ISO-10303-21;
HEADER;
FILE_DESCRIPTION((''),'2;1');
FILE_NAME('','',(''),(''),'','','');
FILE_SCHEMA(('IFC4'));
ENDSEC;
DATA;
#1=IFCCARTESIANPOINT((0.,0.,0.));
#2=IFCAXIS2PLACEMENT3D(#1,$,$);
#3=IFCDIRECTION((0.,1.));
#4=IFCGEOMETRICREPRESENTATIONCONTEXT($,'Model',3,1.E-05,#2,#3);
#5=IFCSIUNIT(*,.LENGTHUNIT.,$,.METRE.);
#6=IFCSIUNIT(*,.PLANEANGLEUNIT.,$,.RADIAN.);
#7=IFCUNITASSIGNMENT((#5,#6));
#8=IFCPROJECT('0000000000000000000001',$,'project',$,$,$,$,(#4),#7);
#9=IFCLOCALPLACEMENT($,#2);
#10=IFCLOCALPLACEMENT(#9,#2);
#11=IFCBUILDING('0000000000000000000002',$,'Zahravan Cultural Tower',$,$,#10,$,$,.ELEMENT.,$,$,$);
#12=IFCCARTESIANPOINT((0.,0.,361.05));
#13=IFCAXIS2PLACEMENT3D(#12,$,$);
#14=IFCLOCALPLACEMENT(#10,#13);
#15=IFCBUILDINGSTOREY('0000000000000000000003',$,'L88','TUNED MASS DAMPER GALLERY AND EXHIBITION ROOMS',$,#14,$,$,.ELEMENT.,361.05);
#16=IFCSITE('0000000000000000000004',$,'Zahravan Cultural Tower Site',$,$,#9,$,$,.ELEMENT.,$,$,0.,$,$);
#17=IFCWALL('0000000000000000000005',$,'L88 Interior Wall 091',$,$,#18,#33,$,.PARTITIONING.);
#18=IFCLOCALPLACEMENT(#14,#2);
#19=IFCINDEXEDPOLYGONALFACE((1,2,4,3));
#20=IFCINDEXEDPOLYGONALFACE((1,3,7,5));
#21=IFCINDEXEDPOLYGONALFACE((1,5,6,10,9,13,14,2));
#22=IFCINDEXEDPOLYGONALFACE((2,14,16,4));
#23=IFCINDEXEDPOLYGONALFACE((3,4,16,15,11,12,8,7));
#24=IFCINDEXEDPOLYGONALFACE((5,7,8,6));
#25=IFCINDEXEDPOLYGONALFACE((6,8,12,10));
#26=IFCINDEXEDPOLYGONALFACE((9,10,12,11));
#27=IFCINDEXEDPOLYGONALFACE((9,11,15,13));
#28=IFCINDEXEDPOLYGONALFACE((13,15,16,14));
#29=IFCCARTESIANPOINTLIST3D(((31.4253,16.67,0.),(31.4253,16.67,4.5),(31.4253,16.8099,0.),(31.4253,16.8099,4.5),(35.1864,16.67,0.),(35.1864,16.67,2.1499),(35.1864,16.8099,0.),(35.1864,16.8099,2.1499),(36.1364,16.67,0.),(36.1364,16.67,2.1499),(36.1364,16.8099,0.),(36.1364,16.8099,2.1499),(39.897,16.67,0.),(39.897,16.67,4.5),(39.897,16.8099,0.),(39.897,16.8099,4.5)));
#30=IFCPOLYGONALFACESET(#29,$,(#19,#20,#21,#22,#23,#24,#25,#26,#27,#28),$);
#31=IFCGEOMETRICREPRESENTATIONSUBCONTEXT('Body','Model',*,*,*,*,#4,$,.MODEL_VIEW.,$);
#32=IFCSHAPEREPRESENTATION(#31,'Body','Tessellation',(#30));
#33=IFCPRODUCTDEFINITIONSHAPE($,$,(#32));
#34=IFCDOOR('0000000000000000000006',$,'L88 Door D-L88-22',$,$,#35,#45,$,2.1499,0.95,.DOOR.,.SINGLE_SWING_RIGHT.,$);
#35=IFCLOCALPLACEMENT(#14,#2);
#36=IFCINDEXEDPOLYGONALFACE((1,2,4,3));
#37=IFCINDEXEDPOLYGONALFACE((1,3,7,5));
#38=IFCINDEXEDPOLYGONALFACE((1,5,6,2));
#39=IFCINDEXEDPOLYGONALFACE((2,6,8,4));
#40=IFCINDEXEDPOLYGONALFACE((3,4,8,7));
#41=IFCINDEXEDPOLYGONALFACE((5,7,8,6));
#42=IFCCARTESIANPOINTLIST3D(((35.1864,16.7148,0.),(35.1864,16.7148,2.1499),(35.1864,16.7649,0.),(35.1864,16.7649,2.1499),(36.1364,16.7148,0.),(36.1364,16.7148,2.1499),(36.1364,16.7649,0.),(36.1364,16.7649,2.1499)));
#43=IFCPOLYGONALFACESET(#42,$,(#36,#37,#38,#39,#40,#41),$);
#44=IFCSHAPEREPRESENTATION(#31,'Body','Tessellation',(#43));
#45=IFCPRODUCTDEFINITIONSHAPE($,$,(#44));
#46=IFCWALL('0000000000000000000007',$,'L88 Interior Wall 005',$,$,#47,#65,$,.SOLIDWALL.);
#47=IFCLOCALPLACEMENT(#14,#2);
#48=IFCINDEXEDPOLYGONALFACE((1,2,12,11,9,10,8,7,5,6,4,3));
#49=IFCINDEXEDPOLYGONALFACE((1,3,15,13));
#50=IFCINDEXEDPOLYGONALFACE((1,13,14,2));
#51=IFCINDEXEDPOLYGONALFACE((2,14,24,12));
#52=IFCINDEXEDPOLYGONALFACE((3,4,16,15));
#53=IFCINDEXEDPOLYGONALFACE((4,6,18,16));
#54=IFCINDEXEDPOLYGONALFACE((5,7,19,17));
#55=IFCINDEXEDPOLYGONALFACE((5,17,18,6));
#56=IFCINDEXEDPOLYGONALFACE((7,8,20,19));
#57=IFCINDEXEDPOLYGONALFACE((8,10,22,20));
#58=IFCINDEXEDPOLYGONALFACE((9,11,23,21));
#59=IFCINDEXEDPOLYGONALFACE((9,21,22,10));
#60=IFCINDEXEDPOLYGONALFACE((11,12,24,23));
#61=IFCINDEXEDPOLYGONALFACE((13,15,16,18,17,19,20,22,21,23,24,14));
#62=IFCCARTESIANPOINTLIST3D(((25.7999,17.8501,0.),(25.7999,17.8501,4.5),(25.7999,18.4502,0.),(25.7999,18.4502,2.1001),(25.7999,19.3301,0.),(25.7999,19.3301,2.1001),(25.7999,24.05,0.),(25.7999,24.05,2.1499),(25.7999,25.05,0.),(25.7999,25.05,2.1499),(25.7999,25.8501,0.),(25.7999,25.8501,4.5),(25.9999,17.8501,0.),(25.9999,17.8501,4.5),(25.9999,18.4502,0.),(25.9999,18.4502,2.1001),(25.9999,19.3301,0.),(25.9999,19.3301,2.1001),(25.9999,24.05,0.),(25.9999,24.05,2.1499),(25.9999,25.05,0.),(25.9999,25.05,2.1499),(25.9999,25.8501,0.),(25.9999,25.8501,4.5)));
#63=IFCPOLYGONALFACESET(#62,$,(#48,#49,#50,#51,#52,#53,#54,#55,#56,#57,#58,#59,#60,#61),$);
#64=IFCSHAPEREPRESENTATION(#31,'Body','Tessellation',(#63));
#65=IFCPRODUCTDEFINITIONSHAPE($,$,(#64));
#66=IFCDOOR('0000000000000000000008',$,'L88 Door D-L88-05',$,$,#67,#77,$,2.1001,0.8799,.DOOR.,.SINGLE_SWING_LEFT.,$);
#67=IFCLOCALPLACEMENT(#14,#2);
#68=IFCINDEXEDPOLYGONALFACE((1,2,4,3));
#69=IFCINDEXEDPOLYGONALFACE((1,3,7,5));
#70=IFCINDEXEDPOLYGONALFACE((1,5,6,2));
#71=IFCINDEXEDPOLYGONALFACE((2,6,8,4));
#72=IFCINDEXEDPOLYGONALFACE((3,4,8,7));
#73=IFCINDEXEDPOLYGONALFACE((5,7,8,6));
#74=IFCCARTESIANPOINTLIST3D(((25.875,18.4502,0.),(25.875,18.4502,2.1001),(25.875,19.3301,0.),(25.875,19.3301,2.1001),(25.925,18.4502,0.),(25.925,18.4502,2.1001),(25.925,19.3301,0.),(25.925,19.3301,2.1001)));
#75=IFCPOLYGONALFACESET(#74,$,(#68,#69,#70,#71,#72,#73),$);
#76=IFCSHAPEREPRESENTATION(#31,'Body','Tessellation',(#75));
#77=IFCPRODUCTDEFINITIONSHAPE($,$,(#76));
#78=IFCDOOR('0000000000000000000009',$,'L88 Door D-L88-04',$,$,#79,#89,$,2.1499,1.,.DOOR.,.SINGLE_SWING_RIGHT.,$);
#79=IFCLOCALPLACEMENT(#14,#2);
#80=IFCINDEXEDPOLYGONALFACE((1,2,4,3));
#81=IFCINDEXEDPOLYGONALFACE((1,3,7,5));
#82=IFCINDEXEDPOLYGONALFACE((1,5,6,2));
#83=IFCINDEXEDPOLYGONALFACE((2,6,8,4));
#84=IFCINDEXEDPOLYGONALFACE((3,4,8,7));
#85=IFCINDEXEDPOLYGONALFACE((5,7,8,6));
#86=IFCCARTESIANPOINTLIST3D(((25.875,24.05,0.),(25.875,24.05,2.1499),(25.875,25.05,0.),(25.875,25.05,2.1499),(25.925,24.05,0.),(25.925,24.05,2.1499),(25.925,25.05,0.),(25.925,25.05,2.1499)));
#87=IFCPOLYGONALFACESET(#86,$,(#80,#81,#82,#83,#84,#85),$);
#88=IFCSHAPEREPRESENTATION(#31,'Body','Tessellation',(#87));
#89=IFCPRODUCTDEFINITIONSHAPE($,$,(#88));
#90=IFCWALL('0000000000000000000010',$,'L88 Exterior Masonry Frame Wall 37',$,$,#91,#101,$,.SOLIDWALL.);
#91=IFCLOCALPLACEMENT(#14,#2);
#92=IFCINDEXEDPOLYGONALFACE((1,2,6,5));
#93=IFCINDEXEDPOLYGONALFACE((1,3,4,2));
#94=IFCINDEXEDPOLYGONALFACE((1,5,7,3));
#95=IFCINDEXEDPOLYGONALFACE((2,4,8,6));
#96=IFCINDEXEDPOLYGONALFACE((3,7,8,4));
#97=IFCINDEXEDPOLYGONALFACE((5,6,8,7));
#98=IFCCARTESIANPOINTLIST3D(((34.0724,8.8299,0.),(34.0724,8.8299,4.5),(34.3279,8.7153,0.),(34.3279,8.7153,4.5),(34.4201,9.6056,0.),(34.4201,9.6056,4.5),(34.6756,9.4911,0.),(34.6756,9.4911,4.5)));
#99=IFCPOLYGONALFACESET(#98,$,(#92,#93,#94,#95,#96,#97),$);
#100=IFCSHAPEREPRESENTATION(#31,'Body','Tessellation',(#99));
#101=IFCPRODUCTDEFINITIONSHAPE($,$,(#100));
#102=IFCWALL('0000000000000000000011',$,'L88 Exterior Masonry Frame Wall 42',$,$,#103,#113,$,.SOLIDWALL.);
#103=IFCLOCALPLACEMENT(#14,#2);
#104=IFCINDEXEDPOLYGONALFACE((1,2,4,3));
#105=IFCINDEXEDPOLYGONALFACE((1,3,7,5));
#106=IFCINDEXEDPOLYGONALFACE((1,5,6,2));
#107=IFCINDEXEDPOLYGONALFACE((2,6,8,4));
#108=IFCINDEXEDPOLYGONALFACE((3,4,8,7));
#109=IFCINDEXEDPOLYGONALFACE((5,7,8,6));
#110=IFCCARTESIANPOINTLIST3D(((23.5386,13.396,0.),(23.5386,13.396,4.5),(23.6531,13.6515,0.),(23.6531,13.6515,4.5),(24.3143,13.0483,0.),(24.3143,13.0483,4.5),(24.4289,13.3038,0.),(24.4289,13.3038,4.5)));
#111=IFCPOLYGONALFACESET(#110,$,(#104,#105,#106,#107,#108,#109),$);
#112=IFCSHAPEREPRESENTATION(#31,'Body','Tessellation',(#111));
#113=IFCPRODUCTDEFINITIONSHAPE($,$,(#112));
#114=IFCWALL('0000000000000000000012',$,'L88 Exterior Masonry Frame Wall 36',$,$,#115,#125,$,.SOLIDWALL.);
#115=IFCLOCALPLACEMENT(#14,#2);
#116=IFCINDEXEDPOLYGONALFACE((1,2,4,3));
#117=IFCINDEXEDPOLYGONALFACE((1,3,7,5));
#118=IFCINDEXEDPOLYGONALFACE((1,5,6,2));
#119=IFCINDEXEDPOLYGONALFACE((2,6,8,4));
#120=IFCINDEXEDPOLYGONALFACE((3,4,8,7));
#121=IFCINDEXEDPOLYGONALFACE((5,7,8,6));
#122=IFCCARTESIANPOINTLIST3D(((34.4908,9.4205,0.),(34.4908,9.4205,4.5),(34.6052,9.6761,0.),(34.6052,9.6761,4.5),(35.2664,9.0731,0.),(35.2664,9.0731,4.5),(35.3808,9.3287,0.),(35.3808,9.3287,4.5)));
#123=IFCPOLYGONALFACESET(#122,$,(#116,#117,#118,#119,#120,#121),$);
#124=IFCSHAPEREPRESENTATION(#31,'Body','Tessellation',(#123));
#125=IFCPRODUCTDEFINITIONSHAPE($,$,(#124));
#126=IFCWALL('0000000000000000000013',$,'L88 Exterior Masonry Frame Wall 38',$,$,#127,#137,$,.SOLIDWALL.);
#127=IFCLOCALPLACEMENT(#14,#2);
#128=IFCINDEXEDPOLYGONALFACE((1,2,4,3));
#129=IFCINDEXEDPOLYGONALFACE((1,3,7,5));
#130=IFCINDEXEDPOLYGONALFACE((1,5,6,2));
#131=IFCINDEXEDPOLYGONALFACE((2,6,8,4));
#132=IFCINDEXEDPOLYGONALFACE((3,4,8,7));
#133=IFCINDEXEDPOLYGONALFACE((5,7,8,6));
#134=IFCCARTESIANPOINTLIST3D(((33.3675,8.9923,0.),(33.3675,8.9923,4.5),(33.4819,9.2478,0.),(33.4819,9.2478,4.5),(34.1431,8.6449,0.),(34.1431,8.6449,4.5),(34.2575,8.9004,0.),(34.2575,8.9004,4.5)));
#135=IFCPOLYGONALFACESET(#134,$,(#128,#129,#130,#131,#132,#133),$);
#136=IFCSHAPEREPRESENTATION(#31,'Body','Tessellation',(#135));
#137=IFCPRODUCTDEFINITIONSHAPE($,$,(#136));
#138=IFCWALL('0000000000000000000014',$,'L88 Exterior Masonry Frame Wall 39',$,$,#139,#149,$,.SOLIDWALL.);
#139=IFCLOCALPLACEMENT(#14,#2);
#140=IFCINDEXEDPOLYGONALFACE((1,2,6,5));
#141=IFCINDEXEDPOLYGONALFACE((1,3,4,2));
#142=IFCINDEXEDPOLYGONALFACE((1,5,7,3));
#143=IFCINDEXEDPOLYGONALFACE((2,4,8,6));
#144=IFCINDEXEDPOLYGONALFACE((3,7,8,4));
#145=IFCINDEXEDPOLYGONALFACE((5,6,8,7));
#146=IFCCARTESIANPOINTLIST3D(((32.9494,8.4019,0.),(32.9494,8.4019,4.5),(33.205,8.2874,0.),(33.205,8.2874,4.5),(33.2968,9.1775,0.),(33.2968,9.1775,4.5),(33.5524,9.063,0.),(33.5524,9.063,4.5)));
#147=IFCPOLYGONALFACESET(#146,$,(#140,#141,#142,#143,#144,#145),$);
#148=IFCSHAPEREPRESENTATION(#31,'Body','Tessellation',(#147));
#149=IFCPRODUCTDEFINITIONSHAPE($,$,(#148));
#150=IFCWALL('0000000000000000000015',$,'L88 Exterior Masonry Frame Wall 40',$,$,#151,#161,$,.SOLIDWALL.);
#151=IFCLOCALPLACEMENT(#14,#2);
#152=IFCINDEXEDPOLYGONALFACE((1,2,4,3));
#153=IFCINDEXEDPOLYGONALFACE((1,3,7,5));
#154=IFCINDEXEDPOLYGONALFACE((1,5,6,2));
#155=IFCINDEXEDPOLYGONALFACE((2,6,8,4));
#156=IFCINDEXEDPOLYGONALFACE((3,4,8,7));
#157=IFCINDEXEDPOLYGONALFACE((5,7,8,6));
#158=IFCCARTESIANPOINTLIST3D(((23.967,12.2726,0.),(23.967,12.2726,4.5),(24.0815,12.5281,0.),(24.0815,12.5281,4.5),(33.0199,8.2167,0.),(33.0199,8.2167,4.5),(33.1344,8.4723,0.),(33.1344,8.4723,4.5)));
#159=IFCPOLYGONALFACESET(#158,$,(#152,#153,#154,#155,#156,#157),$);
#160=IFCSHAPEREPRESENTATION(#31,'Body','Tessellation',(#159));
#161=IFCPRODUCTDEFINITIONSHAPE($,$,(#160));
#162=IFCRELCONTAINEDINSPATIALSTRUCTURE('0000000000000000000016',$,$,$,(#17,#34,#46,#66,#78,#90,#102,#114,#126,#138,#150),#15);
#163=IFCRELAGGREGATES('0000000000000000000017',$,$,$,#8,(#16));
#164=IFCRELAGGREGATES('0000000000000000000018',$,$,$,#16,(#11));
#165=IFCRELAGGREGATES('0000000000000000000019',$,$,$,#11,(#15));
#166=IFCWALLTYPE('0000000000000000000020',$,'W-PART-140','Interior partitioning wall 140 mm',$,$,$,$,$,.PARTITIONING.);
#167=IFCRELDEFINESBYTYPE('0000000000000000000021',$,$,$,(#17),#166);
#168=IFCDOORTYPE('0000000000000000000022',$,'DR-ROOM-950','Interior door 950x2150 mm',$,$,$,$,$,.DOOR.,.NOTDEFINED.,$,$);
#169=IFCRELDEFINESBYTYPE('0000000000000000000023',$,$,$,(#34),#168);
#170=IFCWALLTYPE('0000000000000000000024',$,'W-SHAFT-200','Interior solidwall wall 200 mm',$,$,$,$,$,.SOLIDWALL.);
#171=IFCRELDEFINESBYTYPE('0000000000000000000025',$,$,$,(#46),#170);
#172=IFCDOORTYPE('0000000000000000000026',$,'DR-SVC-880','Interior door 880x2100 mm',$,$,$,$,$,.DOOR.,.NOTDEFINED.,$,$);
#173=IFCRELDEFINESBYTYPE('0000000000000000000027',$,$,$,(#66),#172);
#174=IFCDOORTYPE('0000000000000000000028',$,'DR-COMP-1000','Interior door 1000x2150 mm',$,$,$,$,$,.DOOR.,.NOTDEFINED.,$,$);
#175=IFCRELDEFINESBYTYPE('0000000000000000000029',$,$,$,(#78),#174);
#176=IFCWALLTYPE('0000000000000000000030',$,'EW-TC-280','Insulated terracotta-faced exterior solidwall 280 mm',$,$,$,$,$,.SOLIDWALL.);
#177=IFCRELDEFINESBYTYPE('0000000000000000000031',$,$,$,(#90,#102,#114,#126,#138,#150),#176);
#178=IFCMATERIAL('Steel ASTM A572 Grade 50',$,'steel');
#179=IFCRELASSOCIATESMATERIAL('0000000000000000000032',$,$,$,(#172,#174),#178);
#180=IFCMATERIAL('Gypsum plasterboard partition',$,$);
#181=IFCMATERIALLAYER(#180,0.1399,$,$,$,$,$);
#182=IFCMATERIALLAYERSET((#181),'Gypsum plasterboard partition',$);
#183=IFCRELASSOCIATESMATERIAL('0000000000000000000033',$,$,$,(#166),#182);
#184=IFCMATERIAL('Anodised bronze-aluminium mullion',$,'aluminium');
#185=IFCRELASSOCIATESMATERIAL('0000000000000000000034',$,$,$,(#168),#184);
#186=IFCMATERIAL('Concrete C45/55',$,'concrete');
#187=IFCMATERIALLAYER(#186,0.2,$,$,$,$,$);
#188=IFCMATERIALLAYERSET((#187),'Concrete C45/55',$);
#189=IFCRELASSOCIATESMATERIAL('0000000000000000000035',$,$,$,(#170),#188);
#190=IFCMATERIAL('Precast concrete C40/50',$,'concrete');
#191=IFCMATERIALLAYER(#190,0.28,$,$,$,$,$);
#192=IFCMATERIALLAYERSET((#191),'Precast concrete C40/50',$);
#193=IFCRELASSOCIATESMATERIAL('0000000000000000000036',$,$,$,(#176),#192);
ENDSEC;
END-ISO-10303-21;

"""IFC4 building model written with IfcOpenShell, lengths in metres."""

from ifc_helpers import new_model, si_unit, direction, frame, frame_2d, origin, place, context, subcontext, project, spatial, rectangle, extrude, source, transform, mapped, material, layer, layer_set, type_object, element, fill, save


model = new_model("IFC4")

# Units and contexts
model_context = context("Model", 3, precision=1e-05, world=origin(), true_north=direction((0.0, 1.0)))
body_context = subcontext(model_context, "Body", "Model", "MODEL_VIEW")
ifc_project = project(units=[si_unit("LENGTHUNIT", "METRE"), si_unit("PLANEANGLEUNIT", "RADIAN")], contexts=[model_context])

# Site, building, storey
site_placement = place(None, origin())
site = spatial("IfcSite", under=ifc_project, at=site_placement, Name="Zahravan Cultural Tower Site", CompositionType="ELEMENT", RefElevation=0.0)
building_placement = place(site_placement, origin())
building = spatial("IfcBuilding", under=site, at=building_placement, Name="Zahravan Cultural Tower", CompositionType="ELEMENT")
storey_placement = place(building_placement, frame((0.0, 0.0, 361.05)))
storey = spatial("IfcBuildingStorey", under=building, at=storey_placement, Name="L88", Description="TUNED MASS DAMPER GALLERY AND EXHIBITION ROOMS", CompositionType="ELEMENT", Elevation=361.05)

# Shared definitions
ifc_material_1 = material(Name="Steel ASTM A572 Grade 50", Category="steel")
door_type_1 = type_object("IfcDoorType", Name="DR-SVC-880", Description="Interior door 880x2100 mm", OperationType="NOTDEFINED", PredefinedType="DOOR", material=ifc_material_1)
shared_shape_1 = source(origin(), body_context, "Body", "SweptSolid", [
    extrude(rectangle(XDim=0.8799, YDim=2.1001, at=frame_2d((0.4399, 1.05))), frame((0.0, 0.0249, 0.0), z_axis=(0.0, -1.0, 0.0), x_axis=(1.0, 0.0, 0.0)), (0.0, 0.0, 1.0), 0.05),
])

# Wall, opening, door
ifc_material_2 = material(Name="Gypsum plasterboard partition")
ifc_layer_1 = layer(ifc_material_2, 0.1399)
ifc_layer_set_1 = layer_set([ifc_layer_1], Name="Gypsum plasterboard partition")
wall_type_1 = type_object("IfcWallType", Name="W-PART-140", Description="Interior partitioning wall 140 mm", PredefinedType="PARTITIONING", material=ifc_layer_set_1)
ifc_material_3 = material(Name="Anodised bronze-aluminium mullion", Category="aluminium")
door_type_2 = type_object("IfcDoorType", Name="DR-ROOM-950", Description="Interior door 950x2150 mm", OperationType="NOTDEFINED", PredefinedType="DOOR", material=ifc_material_3)
shared_shape_2 = source(origin(), body_context, "Body", "SweptSolid", [
    extrude(rectangle(XDim=0.95, YDim=2.1499, at=frame_2d((0.4751, 1.075))), frame((0.0, 0.0249, 0.0), z_axis=(0.0, -1.0, 0.0), x_axis=(1.0, 0.0, 0.0)), (0.0, 0.0, 1.0), 0.05),
])
wall_1_placement = place(storey_placement, frame((31.4253, 16.74, 0.0), z_axis=(0.0, 0.0, 1.0), x_axis=(1.0, 0.0, 0.0)))
wall_1 = element("IfcWall", 1, at=wall_1_placement, inside=storey, type_object=wall_type_1, Name="L88 Interior Wall 091", PredefinedType="PARTITIONING", context=body_context, shape_type="SweptSolid", body=[
    extrude(rectangle(XDim=8.4717, YDim=0.1399, at=frame_2d((4.2358, 0.0))), origin(), (0.0, 0.0, 1.0), 4.5),
])
opening_1_placement = place(wall_1_placement, frame((3.761, 0.0, 0.0)))
opening_1 = element("IfcOpeningElement", 2, at=opening_1_placement, cuts=wall_1, PredefinedType="OPENING", context=body_context, shape_type="SweptSolid", body=[
    extrude(rectangle(XDim=0.95, YDim=2.1499, at=frame_2d((0.4751, 1.075))), frame((0.0, 0.0798, 0.0), z_axis=(0.0, -1.0, 0.0), x_axis=(1.0, 0.0, 0.0)), (0.0, 0.0, 1.0), 0.1599),
])
door_1_placement = place(opening_1_placement, origin())
door_1 = element("IfcDoor", 3, at=door_1_placement, inside=storey, type_object=door_type_2, Name="L88 Door D-L88-22", OperationType="SINGLE_SWING_RIGHT", OverallHeight=2.1499, OverallWidth=0.95, PredefinedType="DOOR", context=body_context, shape_type="MappedRepresentation", body=[
    mapped(shared_shape_2, transform((0.0, 0.0, 0.0), x_axis=(1.0, 0.0, 0.0), y_axis=(0.0, 1.0, 0.0), z_axis=(0.0, 0.0, 1.0), scale=1.0)),
])
fill(opening_1, door_1)

# Wall, openings, doors
ifc_material_4 = material(Name="Concrete C45/55", Category="concrete")
ifc_layer_2 = layer(ifc_material_4, 0.2)
ifc_layer_set_2 = layer_set([ifc_layer_2], Name="Concrete C45/55")
wall_type_2 = type_object("IfcWallType", Name="W-SHAFT-200", Description="Interior solidwall wall 200 mm", PredefinedType="SOLIDWALL", material=ifc_layer_set_2)
wall_2_placement = place(storey_placement, frame((25.8999, 17.8501, 0.0), z_axis=(0.0, 0.0, 1.0), x_axis=(0.0, 1.0, 0.0)))
wall_2 = element("IfcWall", 4, at=wall_2_placement, inside=storey, type_object=wall_type_2, Name="L88 Interior Wall 005", PredefinedType="SOLIDWALL", context=body_context, shape_type="SweptSolid", body=[
    extrude(rectangle(XDim=8.0, YDim=0.2, at=frame_2d((4.0, 0.0))), origin(), (0.0, 0.0, 1.0), 4.5),
])
opening_2_placement = place(wall_2_placement, frame((6.2, 0.0, 0.0)))
opening_2 = element("IfcOpeningElement", 5, at=opening_2_placement, cuts=wall_2, PredefinedType="OPENING", context=body_context, shape_type="SweptSolid", body=[
    extrude(rectangle(XDim=1.0, YDim=2.1499, at=frame_2d((0.5, 1.075))), frame((0.0, 0.1099, 0.0), z_axis=(0.0, -1.0, 0.0), x_axis=(1.0, 0.0, 0.0)), (0.0, 0.0, 1.0), 0.22),
])
opening_3_placement = place(wall_2_placement, frame((0.6001, 0.0, 0.0)))
opening_3 = element("IfcOpeningElement", 6, at=opening_3_placement, cuts=wall_2, PredefinedType="OPENING", context=body_context, shape_type="SweptSolid", body=[
    extrude(rectangle(XDim=0.8799, YDim=2.1001, at=frame_2d((0.4399, 1.05))), frame((0.0, 0.1099, 0.0), z_axis=(0.0, -1.0, 0.0), x_axis=(1.0, 0.0, 0.0)), (0.0, 0.0, 1.0), 0.22),
])
door_2_placement = place(opening_3_placement, origin())
door_2 = element("IfcDoor", 7, at=door_2_placement, inside=storey, type_object=door_type_1, Name="L88 Door D-L88-05", OperationType="SINGLE_SWING_LEFT", OverallHeight=2.1001, OverallWidth=0.8799, PredefinedType="DOOR", context=body_context, shape_type="MappedRepresentation", body=[
    mapped(shared_shape_1, transform((0.0, 0.0, 0.0), x_axis=(1.0, 0.0, 0.0), y_axis=(0.0, 1.0, 0.0), z_axis=(0.0, 0.0, 1.0), scale=1.0)),
])
fill(opening_3, door_2)
door_type_3 = type_object("IfcDoorType", Name="DR-COMP-1000", Description="Interior door 1000x2150 mm", OperationType="NOTDEFINED", PredefinedType="DOOR", material=ifc_material_1)
shared_shape_3 = source(origin(), body_context, "Body", "SweptSolid", [
    extrude(rectangle(XDim=1.0, YDim=2.1499, at=frame_2d((0.5, 1.075))), frame((0.0, 0.0249, 0.0), z_axis=(0.0, -1.0, 0.0), x_axis=(1.0, 0.0, 0.0)), (0.0, 0.0, 1.0), 0.05),
])
door_3_placement = place(opening_2_placement, origin())
door_3 = element("IfcDoor", 8, at=door_3_placement, inside=storey, type_object=door_type_3, Name="L88 Door D-L88-04", OperationType="SINGLE_SWING_RIGHT", OverallHeight=2.1499, OverallWidth=1.0, PredefinedType="DOOR", context=body_context, shape_type="MappedRepresentation", body=[
    mapped(shared_shape_3, transform((0.0, 0.0, 0.0), x_axis=(1.0, 0.0, 0.0), y_axis=(0.0, 1.0, 0.0), z_axis=(0.0, 0.0, 1.0), scale=1.0)),
])
fill(opening_2, door_3)

# Walls
ifc_material_5 = material(Name="Precast concrete C40/50", Category="concrete")
ifc_layer_3 = layer(ifc_material_5, 0.28)
ifc_layer_set_3 = layer_set([ifc_layer_3], Name="Precast concrete C40/50")
wall_type_3 = type_object("IfcWallType", Name="EW-TC-280", Description="Insulated terracotta-faced exterior solidwall 280 mm", PredefinedType="SOLIDWALL", material=ifc_layer_set_3)
shared_shape_4 = source(origin(), body_context, "Body", "SweptSolid", [
    extrude(rectangle(XDim=0.8501, YDim=0.28, at=frame_2d((0.425, 0.0))), origin(), (0.0, 0.0, 1.0), 4.5),
])
for number, where, z_axis, x_axis, name in (
    (9, (34.5479, 9.5483, 0.0), (0.0, 0.0, 1.0), (-0.409015, -0.912528, 0.0), "L88 Exterior Masonry Frame Wall 37"),
    (10, (24.3716, 13.176, 0.0), (0.0, 0.0, 1.0), (-0.912528, 0.409015, 0.0), "L88 Exterior Masonry Frame Wall 42"),
):
    element("IfcWall", number, at=place(storey_placement, frame(where, z_axis=z_axis, x_axis=x_axis)), inside=storey, type_object=wall_type_3, Name=name, PredefinedType="SOLIDWALL", context=body_context, shape_type="MappedRepresentation", body=[
        mapped(shared_shape_4, transform((0.0, 0.0, 0.0), x_axis=(1.0, 0.0, 0.0), y_axis=(0.0, 1.0, 0.0), z_axis=(0.0, 0.0, 1.0), scale=1.0)),
    ])
shared_shape_5 = source(origin(), body_context, "Body", "SweptSolid", [
    extrude(rectangle(XDim=0.8499, YDim=0.28, at=frame_2d((0.4248, 0.0))), origin(), (0.0, 0.0, 1.0), 4.5),
])
for number, where, z_axis, x_axis, name in (
    (11, (35.3235, 9.2009, 0.0), (0.0, 0.0, 1.0), (-0.912635, 0.408775, 0.0), "L88 Exterior Masonry Frame Wall 36"),
    (12, (34.2002, 8.7727, 0.0), (0.0, 0.0, 1.0), (-0.912635, 0.408775, 0.0), "L88 Exterior Masonry Frame Wall 38"),
    (13, (33.4246, 9.1201, 0.0), (0.0, 0.0, 1.0), (-0.408775, -0.912635, 0.0), "L88 Exterior Masonry Frame Wall 39"),
):
    element("IfcWall", number, at=place(storey_placement, frame(where, z_axis=z_axis, x_axis=x_axis)), inside=storey, type_object=wall_type_3, Name=name, PredefinedType="SOLIDWALL", context=body_context, shape_type="MappedRepresentation", body=[
        mapped(shared_shape_5, transform((0.0, 0.0, 0.0), x_axis=(1.0, 0.0, 0.0), y_axis=(0.0, 1.0, 0.0), z_axis=(0.0, 0.0, 1.0), scale=1.0)),
    ])
shared_shape_6 = source(origin(), body_context, "Body", "SweptSolid", [
    extrude(rectangle(XDim=9.9199, YDim=0.28, at=frame_2d((4.96, 0.0))), origin(), (0.0, 0.0, 1.0), 4.5),
])
wall_3_placement = place(storey_placement, frame((33.0771, 8.3445, 0.0), z_axis=(0.0, 0.0, 1.0), x_axis=(-0.912597, 0.408861, 0.0)))
element("IfcWall", 14, at=wall_3_placement, inside=storey, type_object=wall_type_3, Name="L88 Exterior Masonry Frame Wall 40", PredefinedType="SOLIDWALL", context=body_context, shape_type="MappedRepresentation", body=[
    mapped(shared_shape_6, transform((0.0, 0.0, 0.0), x_axis=(1.0, 0.0, 0.0), y_axis=(0.0, 1.0, 0.0), z_axis=(0.0, 0.0, 1.0), scale=1.0)),
])

save(model, "model.ifc")
